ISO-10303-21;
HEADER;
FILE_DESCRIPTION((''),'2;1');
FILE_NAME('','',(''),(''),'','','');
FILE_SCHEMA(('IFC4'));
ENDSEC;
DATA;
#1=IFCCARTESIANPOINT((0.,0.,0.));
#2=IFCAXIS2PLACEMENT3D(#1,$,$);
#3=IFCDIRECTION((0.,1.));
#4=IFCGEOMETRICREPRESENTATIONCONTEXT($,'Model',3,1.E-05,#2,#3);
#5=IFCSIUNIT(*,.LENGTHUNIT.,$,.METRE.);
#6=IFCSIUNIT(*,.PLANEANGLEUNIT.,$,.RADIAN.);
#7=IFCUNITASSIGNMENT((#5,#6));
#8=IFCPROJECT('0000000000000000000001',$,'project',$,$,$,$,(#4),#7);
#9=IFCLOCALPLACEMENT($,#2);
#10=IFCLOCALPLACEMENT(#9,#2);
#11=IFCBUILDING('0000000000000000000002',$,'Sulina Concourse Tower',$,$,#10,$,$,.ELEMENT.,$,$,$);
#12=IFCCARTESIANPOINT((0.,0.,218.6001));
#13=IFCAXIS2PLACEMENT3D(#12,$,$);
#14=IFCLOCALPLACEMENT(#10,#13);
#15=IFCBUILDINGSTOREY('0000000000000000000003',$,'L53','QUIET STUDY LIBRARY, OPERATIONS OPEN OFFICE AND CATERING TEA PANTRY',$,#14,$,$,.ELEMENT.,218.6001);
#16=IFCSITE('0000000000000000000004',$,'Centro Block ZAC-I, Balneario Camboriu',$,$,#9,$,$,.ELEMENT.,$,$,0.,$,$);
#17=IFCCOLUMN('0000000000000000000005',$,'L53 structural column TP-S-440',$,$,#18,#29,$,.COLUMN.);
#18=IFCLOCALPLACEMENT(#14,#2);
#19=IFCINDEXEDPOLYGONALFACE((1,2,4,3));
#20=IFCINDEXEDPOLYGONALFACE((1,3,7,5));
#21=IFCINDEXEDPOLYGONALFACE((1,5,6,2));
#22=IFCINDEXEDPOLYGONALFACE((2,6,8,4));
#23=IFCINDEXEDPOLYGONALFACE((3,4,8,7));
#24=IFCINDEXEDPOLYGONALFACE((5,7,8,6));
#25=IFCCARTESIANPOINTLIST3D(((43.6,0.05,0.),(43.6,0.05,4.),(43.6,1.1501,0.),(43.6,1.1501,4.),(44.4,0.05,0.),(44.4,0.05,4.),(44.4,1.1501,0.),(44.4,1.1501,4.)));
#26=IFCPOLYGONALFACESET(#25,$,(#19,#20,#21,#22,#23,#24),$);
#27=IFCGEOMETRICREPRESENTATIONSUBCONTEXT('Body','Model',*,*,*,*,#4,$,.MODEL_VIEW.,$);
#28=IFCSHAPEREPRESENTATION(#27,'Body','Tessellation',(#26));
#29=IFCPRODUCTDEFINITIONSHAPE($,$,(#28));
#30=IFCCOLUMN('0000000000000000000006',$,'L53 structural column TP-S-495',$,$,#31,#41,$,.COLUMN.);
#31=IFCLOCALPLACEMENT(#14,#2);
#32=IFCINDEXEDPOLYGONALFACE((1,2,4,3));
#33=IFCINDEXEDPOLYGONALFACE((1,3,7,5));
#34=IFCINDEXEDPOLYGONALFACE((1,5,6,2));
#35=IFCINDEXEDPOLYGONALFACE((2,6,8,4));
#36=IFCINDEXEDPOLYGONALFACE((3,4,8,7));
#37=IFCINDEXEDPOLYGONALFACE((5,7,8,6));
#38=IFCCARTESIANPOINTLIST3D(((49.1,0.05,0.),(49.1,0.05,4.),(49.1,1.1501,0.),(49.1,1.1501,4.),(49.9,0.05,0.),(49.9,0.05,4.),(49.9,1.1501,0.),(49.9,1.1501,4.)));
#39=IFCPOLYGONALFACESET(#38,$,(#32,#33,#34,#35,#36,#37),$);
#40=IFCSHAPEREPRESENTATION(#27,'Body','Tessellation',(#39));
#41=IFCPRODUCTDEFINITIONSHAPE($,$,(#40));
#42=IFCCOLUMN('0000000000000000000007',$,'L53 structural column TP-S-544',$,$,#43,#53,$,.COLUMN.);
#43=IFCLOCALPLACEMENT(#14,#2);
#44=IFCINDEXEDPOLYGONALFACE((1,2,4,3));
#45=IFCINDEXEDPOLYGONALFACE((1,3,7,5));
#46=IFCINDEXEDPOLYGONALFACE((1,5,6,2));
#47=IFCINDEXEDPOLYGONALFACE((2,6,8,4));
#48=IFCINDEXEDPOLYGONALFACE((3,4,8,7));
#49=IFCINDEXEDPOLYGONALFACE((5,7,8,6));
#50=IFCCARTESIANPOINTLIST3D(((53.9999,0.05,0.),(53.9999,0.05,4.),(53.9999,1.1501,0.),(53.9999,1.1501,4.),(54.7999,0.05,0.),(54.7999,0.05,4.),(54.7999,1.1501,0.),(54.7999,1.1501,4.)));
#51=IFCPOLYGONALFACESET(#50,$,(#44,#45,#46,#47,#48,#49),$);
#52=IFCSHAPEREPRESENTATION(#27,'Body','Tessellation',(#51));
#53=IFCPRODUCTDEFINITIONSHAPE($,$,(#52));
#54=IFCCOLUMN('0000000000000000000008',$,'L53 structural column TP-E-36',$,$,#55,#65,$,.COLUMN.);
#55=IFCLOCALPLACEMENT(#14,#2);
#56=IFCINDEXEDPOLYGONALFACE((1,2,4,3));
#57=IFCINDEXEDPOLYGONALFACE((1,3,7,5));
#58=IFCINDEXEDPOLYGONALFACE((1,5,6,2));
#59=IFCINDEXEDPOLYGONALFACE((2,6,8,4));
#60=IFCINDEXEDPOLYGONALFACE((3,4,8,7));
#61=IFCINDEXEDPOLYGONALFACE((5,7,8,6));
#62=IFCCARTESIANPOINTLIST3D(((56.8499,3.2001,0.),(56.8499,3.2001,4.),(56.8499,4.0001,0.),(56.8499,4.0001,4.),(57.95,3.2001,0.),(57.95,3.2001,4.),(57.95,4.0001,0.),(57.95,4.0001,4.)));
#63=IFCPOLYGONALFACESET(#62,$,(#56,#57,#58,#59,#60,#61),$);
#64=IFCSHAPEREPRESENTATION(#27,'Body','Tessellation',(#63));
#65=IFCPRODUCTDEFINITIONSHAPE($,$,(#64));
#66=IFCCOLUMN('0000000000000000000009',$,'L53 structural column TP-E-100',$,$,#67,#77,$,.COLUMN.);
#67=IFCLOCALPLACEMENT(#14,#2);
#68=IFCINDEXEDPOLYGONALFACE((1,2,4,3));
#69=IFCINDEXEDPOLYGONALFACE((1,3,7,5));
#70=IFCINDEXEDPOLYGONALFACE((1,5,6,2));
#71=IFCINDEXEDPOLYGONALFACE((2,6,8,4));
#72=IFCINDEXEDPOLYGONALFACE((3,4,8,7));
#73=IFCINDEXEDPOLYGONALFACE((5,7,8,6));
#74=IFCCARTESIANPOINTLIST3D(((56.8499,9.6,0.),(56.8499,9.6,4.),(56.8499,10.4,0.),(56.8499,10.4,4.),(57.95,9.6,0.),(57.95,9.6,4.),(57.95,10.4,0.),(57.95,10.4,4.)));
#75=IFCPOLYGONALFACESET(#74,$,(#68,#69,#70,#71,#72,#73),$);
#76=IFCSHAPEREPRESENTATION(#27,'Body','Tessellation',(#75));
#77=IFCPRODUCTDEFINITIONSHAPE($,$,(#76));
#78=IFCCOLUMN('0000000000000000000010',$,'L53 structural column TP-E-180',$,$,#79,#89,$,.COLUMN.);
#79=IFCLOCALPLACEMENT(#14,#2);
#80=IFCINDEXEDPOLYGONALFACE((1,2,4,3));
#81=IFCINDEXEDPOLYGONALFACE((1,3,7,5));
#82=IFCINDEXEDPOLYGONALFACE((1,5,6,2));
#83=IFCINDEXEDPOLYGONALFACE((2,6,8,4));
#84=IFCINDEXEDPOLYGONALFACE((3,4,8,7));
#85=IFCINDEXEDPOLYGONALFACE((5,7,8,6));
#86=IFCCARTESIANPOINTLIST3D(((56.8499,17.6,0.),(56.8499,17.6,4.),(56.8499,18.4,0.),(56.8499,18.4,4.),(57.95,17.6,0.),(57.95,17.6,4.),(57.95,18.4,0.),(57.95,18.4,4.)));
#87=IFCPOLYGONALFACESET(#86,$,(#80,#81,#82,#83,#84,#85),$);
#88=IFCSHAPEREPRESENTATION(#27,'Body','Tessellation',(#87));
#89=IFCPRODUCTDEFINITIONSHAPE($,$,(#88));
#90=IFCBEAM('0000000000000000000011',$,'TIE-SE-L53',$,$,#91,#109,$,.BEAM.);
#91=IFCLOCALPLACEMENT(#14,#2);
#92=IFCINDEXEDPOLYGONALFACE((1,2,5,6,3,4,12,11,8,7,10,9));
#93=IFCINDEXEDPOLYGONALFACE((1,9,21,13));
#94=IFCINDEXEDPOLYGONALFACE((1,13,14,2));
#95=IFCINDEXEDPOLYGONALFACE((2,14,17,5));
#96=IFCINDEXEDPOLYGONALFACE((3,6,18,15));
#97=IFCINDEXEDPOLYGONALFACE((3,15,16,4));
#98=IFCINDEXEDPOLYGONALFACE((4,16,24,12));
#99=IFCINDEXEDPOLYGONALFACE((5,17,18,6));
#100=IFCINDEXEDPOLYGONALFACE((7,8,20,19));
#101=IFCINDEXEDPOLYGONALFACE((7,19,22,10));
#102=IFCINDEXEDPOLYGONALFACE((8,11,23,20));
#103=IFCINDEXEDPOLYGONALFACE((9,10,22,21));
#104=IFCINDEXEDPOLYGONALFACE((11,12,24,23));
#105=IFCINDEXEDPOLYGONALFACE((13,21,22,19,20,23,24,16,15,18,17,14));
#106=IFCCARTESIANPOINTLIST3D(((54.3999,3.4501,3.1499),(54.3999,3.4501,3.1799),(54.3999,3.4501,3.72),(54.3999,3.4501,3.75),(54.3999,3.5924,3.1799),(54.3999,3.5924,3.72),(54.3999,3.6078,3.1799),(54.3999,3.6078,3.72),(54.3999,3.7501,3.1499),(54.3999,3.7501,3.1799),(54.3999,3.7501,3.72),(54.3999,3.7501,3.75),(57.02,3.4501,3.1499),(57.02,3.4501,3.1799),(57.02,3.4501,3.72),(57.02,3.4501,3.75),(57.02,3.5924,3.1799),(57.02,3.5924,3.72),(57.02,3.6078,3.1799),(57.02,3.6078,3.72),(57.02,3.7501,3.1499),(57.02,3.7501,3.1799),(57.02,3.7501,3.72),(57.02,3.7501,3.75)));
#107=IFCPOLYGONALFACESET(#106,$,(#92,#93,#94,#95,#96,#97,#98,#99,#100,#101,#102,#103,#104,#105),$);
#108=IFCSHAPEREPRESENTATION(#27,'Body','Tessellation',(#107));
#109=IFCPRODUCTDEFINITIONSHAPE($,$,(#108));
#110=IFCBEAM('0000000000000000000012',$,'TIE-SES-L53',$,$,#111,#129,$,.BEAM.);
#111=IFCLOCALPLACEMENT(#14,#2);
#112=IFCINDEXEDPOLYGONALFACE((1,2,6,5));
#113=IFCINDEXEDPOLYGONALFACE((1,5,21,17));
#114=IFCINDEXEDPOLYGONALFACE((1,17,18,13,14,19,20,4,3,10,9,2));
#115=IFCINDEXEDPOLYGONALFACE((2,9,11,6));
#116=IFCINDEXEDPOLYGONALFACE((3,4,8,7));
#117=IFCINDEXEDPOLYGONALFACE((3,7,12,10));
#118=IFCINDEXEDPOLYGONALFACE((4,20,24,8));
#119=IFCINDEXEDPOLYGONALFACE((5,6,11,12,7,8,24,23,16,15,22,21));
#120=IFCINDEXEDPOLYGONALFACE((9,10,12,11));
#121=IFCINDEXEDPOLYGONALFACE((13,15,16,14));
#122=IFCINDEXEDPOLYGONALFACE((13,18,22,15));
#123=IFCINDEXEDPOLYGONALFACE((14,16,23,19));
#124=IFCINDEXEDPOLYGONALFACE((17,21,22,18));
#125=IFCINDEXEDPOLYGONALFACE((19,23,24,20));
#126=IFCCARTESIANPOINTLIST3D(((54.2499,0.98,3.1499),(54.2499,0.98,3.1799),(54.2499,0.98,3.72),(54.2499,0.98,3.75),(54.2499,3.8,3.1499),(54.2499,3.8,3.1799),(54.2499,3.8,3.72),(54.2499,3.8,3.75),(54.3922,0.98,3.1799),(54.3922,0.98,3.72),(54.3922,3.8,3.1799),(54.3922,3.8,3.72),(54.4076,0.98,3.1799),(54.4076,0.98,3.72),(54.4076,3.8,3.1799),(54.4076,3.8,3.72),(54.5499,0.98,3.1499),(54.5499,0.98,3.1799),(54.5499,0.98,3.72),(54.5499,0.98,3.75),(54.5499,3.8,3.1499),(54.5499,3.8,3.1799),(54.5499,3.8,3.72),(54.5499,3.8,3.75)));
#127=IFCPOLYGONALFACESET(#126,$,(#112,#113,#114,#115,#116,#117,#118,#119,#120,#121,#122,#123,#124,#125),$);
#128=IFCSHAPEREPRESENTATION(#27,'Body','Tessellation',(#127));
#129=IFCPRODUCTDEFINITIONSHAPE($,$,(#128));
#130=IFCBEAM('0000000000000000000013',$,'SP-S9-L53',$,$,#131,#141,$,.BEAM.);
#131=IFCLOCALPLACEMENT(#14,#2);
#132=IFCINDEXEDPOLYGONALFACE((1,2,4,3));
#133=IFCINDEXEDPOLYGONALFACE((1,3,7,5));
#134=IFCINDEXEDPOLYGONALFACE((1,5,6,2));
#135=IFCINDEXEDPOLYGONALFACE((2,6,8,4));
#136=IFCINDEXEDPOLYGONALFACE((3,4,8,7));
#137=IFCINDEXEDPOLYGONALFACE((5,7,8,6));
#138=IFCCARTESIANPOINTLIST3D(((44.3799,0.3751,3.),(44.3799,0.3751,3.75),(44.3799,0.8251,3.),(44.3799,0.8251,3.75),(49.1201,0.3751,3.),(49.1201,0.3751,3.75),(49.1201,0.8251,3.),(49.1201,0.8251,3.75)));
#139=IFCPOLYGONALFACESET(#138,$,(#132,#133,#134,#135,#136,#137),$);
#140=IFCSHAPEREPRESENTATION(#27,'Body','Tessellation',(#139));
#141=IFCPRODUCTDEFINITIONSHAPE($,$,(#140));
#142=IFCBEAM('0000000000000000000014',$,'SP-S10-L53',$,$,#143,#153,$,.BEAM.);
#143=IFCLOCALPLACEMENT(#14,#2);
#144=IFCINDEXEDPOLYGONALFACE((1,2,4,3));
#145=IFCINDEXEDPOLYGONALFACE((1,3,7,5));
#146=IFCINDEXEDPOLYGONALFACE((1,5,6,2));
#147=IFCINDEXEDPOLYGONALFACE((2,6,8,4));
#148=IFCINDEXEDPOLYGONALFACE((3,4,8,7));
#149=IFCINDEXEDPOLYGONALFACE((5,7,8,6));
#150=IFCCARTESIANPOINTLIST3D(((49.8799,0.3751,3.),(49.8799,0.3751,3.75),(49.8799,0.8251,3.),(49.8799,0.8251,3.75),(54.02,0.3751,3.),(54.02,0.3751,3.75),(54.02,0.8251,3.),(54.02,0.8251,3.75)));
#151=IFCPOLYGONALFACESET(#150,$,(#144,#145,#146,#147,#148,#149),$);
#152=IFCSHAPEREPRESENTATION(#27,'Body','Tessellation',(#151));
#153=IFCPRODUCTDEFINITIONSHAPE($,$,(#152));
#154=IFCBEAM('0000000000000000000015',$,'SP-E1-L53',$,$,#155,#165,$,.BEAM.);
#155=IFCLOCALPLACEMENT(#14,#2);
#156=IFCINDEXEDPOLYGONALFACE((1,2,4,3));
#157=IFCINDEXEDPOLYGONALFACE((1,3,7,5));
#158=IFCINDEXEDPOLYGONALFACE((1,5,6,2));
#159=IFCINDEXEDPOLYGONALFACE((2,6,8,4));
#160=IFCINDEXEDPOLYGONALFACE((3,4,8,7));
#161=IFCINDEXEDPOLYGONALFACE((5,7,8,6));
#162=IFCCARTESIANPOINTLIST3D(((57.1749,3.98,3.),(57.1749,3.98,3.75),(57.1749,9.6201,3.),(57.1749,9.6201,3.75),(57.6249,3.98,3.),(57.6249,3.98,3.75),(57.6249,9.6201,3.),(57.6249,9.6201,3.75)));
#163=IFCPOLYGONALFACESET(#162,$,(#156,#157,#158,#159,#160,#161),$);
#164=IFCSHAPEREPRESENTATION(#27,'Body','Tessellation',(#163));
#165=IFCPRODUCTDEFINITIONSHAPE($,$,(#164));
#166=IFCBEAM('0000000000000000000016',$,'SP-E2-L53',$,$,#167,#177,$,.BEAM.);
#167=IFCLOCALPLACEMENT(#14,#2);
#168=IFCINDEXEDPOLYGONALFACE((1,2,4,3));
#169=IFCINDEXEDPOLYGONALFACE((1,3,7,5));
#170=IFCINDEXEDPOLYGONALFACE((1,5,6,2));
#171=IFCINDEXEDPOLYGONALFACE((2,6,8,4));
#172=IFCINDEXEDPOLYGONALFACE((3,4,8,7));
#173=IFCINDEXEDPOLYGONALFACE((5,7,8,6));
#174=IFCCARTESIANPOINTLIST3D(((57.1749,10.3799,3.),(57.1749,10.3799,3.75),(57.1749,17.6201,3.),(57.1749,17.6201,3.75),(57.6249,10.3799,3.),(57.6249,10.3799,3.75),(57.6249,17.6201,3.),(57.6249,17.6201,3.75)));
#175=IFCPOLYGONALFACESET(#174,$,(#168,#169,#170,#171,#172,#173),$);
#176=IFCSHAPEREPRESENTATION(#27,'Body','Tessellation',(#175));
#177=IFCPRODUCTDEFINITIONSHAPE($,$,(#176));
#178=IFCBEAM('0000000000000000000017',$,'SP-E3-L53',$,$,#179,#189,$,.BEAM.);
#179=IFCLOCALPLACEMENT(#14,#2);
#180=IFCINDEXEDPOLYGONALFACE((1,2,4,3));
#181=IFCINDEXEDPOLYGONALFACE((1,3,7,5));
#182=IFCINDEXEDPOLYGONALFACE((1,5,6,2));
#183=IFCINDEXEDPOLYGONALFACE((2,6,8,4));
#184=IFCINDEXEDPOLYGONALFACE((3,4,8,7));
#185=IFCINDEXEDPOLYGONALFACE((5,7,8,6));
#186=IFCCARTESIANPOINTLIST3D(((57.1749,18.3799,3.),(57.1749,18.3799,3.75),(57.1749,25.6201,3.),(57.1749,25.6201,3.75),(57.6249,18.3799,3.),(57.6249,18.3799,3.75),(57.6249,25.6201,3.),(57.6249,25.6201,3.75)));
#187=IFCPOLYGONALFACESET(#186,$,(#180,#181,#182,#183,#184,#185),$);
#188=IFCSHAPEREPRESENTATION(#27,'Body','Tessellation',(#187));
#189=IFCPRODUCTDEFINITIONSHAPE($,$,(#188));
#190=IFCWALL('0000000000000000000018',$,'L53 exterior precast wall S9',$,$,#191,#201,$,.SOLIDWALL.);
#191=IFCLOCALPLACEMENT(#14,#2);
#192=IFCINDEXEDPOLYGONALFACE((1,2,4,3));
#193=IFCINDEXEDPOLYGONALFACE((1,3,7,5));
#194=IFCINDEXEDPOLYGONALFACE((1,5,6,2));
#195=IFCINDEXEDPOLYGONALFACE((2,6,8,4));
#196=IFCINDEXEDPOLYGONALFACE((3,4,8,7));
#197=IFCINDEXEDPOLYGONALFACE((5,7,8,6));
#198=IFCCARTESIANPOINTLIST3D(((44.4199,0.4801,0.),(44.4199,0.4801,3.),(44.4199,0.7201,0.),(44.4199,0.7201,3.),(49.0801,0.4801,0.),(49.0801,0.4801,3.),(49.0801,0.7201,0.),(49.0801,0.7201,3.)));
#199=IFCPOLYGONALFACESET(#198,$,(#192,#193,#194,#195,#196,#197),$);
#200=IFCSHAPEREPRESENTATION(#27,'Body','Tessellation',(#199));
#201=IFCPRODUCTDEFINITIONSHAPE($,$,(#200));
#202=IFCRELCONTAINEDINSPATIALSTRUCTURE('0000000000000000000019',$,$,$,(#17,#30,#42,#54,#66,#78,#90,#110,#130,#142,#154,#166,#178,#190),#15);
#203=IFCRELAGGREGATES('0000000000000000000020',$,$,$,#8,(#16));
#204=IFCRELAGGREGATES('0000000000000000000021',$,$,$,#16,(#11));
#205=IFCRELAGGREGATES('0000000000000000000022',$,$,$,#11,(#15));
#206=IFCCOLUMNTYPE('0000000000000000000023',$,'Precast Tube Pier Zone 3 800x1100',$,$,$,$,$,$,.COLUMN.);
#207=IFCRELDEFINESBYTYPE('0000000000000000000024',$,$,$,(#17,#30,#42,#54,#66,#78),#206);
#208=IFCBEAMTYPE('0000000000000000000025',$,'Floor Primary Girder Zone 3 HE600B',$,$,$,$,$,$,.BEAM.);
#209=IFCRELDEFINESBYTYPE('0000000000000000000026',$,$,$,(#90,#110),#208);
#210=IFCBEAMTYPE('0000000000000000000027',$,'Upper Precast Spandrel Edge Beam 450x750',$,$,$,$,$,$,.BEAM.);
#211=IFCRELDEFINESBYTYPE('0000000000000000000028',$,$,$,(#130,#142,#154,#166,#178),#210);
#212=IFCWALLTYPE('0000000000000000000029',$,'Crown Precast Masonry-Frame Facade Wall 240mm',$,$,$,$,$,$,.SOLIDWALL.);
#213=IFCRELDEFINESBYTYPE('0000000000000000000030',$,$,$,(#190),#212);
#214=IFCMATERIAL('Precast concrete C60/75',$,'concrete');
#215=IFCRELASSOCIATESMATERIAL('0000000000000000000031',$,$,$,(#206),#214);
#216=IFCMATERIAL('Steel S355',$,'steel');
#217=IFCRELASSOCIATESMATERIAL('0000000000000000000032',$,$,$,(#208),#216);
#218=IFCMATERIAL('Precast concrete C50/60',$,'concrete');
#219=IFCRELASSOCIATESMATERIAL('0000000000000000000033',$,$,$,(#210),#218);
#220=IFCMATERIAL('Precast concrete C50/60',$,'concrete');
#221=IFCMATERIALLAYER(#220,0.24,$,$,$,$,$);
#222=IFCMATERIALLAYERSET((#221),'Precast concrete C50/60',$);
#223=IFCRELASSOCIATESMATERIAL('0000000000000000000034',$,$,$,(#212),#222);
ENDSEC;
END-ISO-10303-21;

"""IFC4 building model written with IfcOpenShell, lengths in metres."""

from ifc_helpers import new_model, si_unit, direction, frame, frame_2d, origin, origin_2d, place, context, subcontext, project, spatial, rectangle, i_section, extrude, material, layer, layer_set, material_profile, profile_set, type_object, element, save


model = new_model("IFC4")

# Units and contexts
model_context = context("Model", 3, precision=1e-05, world=origin(), true_north=direction((0.0, 1.0)))
body_context = subcontext(model_context, "Body", "Model", "MODEL_VIEW")
ifc_project = project(units=[si_unit("LENGTHUNIT", "METRE"), si_unit("PLANEANGLEUNIT", "RADIAN")], contexts=[model_context])

# Site, building, storey
site_placement = place(None, origin())
site = spatial("IfcSite", under=ifc_project, at=site_placement, Name="Centro Block ZAC-I, Balneario Camboriu", CompositionType="ELEMENT", RefElevation=0.0)
building_placement = place(site_placement, origin())
building = spatial("IfcBuilding", under=site, at=building_placement, Name="Sulina Concourse Tower", CompositionType="ELEMENT")
storey_placement = place(building_placement, frame((0.0, 0.0, 218.6001)))
storey = spatial("IfcBuildingStorey", under=building, at=storey_placement, Name="L53", Description="QUIET STUDY LIBRARY, OPERATIONS OPEN OFFICE AND CATERING TEA PANTRY", CompositionType="ELEMENT", Elevation=218.6001)

# Columns
ifc_material_1 = material(Name="Precast concrete C60/75", Category="concrete")
ifc_material_profile_1 = material_profile(ifc_material_1, rectangle(XDim=0.8, YDim=1.1001, at=origin_2d()), Name="PC 800x1100")
ifc_profile_set_1 = profile_set([ifc_material_profile_1], Name="Precast concrete C60/75")
column_type = type_object("IfcColumnType", Name="Precast Tube Pier Zone 3 800x1100", PredefinedType="COLUMN", material=ifc_profile_set_1)
for number, where, z_axis, x_axis, name in (
    (1, (44.0, 0.6001, 0.0), (0.0, 0.0, 1.0), (1.0, 0.0, 0.0), "L53 structural column TP-S-440"),
    (2, (49.5, 0.6001, 0.0), (0.0, 0.0, 1.0), (1.0, 0.0, 0.0), "L53 structural column TP-S-495"),
    (3, (54.3999, 0.6001, 0.0), (0.0, 0.0, 1.0), (1.0, 0.0, 0.0), "L53 structural column TP-S-544"),
    (4, (57.3999, 3.6001, 0.0), (0.0, 0.0, 1.0), (0.0, 1.0, 0.0), "L53 structural column TP-E-36"),
    (5, (57.3999, 10.0, 0.0), (0.0, 0.0, 1.0), (0.0, 1.0, 0.0), "L53 structural column TP-E-100"),
    (6, (57.3999, 18.0, 0.0), (0.0, 0.0, 1.0), (0.0, 1.0, 0.0), "L53 structural column TP-E-180"),
):
    element("IfcColumn", number, at=place(storey_placement, frame(where, z_axis=z_axis, x_axis=x_axis)), inside=storey, type_object=column_type, Name=name, PredefinedType="COLUMN", context=body_context, shape_type="SweptSolid", body=[
        extrude(rectangle(XDim=0.8, YDim=1.1001, at=origin_2d()), origin(), (0.0, 0.0, 1.0), 4.0),
    ])

# Beams
ifc_material_2 = material(Name="Steel S355", Category="steel")
ifc_material_profile_2 = material_profile(ifc_material_2, i_section(OverallWidth=0.3, OverallDepth=0.6001, WebThickness=0.0154, FlangeThickness=0.03, at=origin_2d()), Name="HE 600 B")
ifc_profile_set_2 = profile_set([ifc_material_profile_2], Name="Steel S355")
beam_type_1 = type_object("IfcBeamType", Name="Floor Primary Girder Zone 3 HE600B", PredefinedType="BEAM", material=ifc_profile_set_2)
beam_1_placement = place(storey_placement, frame((54.3999, 3.6001, 3.45), z_axis=(1.0, 0.0, 0.0), x_axis=(0.0, 1.0, 0.0)))
element("IfcBeam", 7, at=beam_1_placement, inside=storey, type_object=beam_type_1, Name="TIE-SE-L53", PredefinedType="BEAM", context=body_context, shape_type="SweptSolid", body=[
    extrude(i_section(OverallWidth=0.3, OverallDepth=0.6001, WebThickness=0.0154, FlangeThickness=0.03, at=origin_2d()), origin(), (0.0, 0.0, 1.0), 2.6201),
])
beam_2_placement = place(storey_placement, frame((54.3999, 0.98, 3.45), z_axis=(0.0, 1.0, 0.0), x_axis=(-1.0, 0.0, 0.0)))
element("IfcBeam", 8, at=beam_2_placement, inside=storey, type_object=beam_type_1, Name="TIE-SES-L53", PredefinedType="BEAM", context=body_context, shape_type="SweptSolid", body=[
    extrude(i_section(OverallWidth=0.3, OverallDepth=0.6001, WebThickness=0.0154, FlangeThickness=0.03, at=origin_2d()), origin(), (0.0, 0.0, 1.0), 2.8201),
])
ifc_material_3 = material(Name="Precast concrete C50/60", Category="concrete")
ifc_material_profile_3 = material_profile(ifc_material_3, rectangle(XDim=0.45, YDim=0.75, at=origin_2d()), Name="RC 450x750")
ifc_profile_set_3 = profile_set([ifc_material_profile_3], Name="Precast concrete C50/60")
beam_type_2 = type_object("IfcBeamType", Name="Upper Precast Spandrel Edge Beam 450x750", PredefinedType="BEAM", material=ifc_profile_set_3)
beam_3_placement = place(storey_placement, frame((44.3799, 0.6001, 3.375), z_axis=(1.0, 0.0, 0.0), x_axis=(0.0, 1.0, 0.0)))
element("IfcBeam", 9, at=beam_3_placement, inside=storey, type_object=beam_type_2, Name="SP-S9-L53", PredefinedType="BEAM", context=body_context, shape_type="SweptSolid", body=[
    extrude(rectangle(XDim=0.45, YDim=0.75, at=origin_2d()), origin(), (0.0, 0.0, 1.0), 4.7402),
])
beam_4_placement = place(storey_placement, frame((49.8799, 0.6001, 3.375), z_axis=(1.0, 0.0, 0.0), x_axis=(0.0, 1.0, 0.0)))
element("IfcBeam", 10, at=beam_4_placement, inside=storey, type_object=beam_type_2, Name="SP-S10-L53", PredefinedType="BEAM", context=body_context, shape_type="SweptSolid", body=[
    extrude(rectangle(XDim=0.45, YDim=0.75, at=origin_2d()), origin(), (0.0, 0.0, 1.0), 4.1401),
])
beam_5_placement = place(storey_placement, frame((57.3999, 3.98, 3.375), z_axis=(0.0, 1.0, 0.0), x_axis=(-1.0, 0.0, 0.0)))
element("IfcBeam", 11, at=beam_5_placement, inside=storey, type_object=beam_type_2, Name="SP-E1-L53", PredefinedType="BEAM", context=body_context, shape_type="SweptSolid", body=[
    extrude(rectangle(XDim=0.45, YDim=0.75, at=origin_2d()), origin(), (0.0, 0.0, 1.0), 5.6401),
])
for number, where, z_axis, x_axis, name in (
    (12, (57.3999, 10.3799, 3.375), (0.0, 1.0, 0.0), (-1.0, 0.0, 0.0), "SP-E2-L53"),
    (13, (57.3999, 18.3799, 3.375), (0.0, 1.0, 0.0), (-1.0, 0.0, 0.0), "SP-E3-L53"),
):
    element("IfcBeam", number, at=place(storey_placement, frame(where, z_axis=z_axis, x_axis=x_axis)), inside=storey, type_object=beam_type_2, Name=name, PredefinedType="BEAM", context=body_context, shape_type="SweptSolid", body=[
        extrude(rectangle(XDim=0.45, YDim=0.75, at=origin_2d()), origin(), (0.0, 0.0, 1.0), 7.2402),
    ])

# Wall
ifc_material_4 = material(Name="Precast concrete C50/60", Category="concrete")
ifc_layer_1 = layer(ifc_material_4, 0.24)
ifc_layer_set_1 = layer_set([ifc_layer_1], Name="Precast concrete C50/60")
wall_type_1 = type_object("IfcWallType", Name="Crown Precast Masonry-Frame Facade Wall 240mm", PredefinedType="SOLIDWALL", material=ifc_layer_set_1)
wall_1_placement = place(storey_placement, frame((49.0801, 0.6001, 0.0), z_axis=(0.0, 0.0, 1.0), x_axis=(-1.0, 0.0, 0.0)))
element("IfcWall", 14, at=wall_1_placement, inside=storey, type_object=wall_type_1, Name="L53 exterior precast wall S9", PredefinedType="SOLIDWALL", context=body_context, shape_type="SweptSolid", body=[
    extrude(rectangle(XDim=4.6602, YDim=0.24, at=frame_2d((2.3301, 0.0))), origin(), (0.0, 0.0, 1.0), 3.0),
])

save(model, "model.ifc")
